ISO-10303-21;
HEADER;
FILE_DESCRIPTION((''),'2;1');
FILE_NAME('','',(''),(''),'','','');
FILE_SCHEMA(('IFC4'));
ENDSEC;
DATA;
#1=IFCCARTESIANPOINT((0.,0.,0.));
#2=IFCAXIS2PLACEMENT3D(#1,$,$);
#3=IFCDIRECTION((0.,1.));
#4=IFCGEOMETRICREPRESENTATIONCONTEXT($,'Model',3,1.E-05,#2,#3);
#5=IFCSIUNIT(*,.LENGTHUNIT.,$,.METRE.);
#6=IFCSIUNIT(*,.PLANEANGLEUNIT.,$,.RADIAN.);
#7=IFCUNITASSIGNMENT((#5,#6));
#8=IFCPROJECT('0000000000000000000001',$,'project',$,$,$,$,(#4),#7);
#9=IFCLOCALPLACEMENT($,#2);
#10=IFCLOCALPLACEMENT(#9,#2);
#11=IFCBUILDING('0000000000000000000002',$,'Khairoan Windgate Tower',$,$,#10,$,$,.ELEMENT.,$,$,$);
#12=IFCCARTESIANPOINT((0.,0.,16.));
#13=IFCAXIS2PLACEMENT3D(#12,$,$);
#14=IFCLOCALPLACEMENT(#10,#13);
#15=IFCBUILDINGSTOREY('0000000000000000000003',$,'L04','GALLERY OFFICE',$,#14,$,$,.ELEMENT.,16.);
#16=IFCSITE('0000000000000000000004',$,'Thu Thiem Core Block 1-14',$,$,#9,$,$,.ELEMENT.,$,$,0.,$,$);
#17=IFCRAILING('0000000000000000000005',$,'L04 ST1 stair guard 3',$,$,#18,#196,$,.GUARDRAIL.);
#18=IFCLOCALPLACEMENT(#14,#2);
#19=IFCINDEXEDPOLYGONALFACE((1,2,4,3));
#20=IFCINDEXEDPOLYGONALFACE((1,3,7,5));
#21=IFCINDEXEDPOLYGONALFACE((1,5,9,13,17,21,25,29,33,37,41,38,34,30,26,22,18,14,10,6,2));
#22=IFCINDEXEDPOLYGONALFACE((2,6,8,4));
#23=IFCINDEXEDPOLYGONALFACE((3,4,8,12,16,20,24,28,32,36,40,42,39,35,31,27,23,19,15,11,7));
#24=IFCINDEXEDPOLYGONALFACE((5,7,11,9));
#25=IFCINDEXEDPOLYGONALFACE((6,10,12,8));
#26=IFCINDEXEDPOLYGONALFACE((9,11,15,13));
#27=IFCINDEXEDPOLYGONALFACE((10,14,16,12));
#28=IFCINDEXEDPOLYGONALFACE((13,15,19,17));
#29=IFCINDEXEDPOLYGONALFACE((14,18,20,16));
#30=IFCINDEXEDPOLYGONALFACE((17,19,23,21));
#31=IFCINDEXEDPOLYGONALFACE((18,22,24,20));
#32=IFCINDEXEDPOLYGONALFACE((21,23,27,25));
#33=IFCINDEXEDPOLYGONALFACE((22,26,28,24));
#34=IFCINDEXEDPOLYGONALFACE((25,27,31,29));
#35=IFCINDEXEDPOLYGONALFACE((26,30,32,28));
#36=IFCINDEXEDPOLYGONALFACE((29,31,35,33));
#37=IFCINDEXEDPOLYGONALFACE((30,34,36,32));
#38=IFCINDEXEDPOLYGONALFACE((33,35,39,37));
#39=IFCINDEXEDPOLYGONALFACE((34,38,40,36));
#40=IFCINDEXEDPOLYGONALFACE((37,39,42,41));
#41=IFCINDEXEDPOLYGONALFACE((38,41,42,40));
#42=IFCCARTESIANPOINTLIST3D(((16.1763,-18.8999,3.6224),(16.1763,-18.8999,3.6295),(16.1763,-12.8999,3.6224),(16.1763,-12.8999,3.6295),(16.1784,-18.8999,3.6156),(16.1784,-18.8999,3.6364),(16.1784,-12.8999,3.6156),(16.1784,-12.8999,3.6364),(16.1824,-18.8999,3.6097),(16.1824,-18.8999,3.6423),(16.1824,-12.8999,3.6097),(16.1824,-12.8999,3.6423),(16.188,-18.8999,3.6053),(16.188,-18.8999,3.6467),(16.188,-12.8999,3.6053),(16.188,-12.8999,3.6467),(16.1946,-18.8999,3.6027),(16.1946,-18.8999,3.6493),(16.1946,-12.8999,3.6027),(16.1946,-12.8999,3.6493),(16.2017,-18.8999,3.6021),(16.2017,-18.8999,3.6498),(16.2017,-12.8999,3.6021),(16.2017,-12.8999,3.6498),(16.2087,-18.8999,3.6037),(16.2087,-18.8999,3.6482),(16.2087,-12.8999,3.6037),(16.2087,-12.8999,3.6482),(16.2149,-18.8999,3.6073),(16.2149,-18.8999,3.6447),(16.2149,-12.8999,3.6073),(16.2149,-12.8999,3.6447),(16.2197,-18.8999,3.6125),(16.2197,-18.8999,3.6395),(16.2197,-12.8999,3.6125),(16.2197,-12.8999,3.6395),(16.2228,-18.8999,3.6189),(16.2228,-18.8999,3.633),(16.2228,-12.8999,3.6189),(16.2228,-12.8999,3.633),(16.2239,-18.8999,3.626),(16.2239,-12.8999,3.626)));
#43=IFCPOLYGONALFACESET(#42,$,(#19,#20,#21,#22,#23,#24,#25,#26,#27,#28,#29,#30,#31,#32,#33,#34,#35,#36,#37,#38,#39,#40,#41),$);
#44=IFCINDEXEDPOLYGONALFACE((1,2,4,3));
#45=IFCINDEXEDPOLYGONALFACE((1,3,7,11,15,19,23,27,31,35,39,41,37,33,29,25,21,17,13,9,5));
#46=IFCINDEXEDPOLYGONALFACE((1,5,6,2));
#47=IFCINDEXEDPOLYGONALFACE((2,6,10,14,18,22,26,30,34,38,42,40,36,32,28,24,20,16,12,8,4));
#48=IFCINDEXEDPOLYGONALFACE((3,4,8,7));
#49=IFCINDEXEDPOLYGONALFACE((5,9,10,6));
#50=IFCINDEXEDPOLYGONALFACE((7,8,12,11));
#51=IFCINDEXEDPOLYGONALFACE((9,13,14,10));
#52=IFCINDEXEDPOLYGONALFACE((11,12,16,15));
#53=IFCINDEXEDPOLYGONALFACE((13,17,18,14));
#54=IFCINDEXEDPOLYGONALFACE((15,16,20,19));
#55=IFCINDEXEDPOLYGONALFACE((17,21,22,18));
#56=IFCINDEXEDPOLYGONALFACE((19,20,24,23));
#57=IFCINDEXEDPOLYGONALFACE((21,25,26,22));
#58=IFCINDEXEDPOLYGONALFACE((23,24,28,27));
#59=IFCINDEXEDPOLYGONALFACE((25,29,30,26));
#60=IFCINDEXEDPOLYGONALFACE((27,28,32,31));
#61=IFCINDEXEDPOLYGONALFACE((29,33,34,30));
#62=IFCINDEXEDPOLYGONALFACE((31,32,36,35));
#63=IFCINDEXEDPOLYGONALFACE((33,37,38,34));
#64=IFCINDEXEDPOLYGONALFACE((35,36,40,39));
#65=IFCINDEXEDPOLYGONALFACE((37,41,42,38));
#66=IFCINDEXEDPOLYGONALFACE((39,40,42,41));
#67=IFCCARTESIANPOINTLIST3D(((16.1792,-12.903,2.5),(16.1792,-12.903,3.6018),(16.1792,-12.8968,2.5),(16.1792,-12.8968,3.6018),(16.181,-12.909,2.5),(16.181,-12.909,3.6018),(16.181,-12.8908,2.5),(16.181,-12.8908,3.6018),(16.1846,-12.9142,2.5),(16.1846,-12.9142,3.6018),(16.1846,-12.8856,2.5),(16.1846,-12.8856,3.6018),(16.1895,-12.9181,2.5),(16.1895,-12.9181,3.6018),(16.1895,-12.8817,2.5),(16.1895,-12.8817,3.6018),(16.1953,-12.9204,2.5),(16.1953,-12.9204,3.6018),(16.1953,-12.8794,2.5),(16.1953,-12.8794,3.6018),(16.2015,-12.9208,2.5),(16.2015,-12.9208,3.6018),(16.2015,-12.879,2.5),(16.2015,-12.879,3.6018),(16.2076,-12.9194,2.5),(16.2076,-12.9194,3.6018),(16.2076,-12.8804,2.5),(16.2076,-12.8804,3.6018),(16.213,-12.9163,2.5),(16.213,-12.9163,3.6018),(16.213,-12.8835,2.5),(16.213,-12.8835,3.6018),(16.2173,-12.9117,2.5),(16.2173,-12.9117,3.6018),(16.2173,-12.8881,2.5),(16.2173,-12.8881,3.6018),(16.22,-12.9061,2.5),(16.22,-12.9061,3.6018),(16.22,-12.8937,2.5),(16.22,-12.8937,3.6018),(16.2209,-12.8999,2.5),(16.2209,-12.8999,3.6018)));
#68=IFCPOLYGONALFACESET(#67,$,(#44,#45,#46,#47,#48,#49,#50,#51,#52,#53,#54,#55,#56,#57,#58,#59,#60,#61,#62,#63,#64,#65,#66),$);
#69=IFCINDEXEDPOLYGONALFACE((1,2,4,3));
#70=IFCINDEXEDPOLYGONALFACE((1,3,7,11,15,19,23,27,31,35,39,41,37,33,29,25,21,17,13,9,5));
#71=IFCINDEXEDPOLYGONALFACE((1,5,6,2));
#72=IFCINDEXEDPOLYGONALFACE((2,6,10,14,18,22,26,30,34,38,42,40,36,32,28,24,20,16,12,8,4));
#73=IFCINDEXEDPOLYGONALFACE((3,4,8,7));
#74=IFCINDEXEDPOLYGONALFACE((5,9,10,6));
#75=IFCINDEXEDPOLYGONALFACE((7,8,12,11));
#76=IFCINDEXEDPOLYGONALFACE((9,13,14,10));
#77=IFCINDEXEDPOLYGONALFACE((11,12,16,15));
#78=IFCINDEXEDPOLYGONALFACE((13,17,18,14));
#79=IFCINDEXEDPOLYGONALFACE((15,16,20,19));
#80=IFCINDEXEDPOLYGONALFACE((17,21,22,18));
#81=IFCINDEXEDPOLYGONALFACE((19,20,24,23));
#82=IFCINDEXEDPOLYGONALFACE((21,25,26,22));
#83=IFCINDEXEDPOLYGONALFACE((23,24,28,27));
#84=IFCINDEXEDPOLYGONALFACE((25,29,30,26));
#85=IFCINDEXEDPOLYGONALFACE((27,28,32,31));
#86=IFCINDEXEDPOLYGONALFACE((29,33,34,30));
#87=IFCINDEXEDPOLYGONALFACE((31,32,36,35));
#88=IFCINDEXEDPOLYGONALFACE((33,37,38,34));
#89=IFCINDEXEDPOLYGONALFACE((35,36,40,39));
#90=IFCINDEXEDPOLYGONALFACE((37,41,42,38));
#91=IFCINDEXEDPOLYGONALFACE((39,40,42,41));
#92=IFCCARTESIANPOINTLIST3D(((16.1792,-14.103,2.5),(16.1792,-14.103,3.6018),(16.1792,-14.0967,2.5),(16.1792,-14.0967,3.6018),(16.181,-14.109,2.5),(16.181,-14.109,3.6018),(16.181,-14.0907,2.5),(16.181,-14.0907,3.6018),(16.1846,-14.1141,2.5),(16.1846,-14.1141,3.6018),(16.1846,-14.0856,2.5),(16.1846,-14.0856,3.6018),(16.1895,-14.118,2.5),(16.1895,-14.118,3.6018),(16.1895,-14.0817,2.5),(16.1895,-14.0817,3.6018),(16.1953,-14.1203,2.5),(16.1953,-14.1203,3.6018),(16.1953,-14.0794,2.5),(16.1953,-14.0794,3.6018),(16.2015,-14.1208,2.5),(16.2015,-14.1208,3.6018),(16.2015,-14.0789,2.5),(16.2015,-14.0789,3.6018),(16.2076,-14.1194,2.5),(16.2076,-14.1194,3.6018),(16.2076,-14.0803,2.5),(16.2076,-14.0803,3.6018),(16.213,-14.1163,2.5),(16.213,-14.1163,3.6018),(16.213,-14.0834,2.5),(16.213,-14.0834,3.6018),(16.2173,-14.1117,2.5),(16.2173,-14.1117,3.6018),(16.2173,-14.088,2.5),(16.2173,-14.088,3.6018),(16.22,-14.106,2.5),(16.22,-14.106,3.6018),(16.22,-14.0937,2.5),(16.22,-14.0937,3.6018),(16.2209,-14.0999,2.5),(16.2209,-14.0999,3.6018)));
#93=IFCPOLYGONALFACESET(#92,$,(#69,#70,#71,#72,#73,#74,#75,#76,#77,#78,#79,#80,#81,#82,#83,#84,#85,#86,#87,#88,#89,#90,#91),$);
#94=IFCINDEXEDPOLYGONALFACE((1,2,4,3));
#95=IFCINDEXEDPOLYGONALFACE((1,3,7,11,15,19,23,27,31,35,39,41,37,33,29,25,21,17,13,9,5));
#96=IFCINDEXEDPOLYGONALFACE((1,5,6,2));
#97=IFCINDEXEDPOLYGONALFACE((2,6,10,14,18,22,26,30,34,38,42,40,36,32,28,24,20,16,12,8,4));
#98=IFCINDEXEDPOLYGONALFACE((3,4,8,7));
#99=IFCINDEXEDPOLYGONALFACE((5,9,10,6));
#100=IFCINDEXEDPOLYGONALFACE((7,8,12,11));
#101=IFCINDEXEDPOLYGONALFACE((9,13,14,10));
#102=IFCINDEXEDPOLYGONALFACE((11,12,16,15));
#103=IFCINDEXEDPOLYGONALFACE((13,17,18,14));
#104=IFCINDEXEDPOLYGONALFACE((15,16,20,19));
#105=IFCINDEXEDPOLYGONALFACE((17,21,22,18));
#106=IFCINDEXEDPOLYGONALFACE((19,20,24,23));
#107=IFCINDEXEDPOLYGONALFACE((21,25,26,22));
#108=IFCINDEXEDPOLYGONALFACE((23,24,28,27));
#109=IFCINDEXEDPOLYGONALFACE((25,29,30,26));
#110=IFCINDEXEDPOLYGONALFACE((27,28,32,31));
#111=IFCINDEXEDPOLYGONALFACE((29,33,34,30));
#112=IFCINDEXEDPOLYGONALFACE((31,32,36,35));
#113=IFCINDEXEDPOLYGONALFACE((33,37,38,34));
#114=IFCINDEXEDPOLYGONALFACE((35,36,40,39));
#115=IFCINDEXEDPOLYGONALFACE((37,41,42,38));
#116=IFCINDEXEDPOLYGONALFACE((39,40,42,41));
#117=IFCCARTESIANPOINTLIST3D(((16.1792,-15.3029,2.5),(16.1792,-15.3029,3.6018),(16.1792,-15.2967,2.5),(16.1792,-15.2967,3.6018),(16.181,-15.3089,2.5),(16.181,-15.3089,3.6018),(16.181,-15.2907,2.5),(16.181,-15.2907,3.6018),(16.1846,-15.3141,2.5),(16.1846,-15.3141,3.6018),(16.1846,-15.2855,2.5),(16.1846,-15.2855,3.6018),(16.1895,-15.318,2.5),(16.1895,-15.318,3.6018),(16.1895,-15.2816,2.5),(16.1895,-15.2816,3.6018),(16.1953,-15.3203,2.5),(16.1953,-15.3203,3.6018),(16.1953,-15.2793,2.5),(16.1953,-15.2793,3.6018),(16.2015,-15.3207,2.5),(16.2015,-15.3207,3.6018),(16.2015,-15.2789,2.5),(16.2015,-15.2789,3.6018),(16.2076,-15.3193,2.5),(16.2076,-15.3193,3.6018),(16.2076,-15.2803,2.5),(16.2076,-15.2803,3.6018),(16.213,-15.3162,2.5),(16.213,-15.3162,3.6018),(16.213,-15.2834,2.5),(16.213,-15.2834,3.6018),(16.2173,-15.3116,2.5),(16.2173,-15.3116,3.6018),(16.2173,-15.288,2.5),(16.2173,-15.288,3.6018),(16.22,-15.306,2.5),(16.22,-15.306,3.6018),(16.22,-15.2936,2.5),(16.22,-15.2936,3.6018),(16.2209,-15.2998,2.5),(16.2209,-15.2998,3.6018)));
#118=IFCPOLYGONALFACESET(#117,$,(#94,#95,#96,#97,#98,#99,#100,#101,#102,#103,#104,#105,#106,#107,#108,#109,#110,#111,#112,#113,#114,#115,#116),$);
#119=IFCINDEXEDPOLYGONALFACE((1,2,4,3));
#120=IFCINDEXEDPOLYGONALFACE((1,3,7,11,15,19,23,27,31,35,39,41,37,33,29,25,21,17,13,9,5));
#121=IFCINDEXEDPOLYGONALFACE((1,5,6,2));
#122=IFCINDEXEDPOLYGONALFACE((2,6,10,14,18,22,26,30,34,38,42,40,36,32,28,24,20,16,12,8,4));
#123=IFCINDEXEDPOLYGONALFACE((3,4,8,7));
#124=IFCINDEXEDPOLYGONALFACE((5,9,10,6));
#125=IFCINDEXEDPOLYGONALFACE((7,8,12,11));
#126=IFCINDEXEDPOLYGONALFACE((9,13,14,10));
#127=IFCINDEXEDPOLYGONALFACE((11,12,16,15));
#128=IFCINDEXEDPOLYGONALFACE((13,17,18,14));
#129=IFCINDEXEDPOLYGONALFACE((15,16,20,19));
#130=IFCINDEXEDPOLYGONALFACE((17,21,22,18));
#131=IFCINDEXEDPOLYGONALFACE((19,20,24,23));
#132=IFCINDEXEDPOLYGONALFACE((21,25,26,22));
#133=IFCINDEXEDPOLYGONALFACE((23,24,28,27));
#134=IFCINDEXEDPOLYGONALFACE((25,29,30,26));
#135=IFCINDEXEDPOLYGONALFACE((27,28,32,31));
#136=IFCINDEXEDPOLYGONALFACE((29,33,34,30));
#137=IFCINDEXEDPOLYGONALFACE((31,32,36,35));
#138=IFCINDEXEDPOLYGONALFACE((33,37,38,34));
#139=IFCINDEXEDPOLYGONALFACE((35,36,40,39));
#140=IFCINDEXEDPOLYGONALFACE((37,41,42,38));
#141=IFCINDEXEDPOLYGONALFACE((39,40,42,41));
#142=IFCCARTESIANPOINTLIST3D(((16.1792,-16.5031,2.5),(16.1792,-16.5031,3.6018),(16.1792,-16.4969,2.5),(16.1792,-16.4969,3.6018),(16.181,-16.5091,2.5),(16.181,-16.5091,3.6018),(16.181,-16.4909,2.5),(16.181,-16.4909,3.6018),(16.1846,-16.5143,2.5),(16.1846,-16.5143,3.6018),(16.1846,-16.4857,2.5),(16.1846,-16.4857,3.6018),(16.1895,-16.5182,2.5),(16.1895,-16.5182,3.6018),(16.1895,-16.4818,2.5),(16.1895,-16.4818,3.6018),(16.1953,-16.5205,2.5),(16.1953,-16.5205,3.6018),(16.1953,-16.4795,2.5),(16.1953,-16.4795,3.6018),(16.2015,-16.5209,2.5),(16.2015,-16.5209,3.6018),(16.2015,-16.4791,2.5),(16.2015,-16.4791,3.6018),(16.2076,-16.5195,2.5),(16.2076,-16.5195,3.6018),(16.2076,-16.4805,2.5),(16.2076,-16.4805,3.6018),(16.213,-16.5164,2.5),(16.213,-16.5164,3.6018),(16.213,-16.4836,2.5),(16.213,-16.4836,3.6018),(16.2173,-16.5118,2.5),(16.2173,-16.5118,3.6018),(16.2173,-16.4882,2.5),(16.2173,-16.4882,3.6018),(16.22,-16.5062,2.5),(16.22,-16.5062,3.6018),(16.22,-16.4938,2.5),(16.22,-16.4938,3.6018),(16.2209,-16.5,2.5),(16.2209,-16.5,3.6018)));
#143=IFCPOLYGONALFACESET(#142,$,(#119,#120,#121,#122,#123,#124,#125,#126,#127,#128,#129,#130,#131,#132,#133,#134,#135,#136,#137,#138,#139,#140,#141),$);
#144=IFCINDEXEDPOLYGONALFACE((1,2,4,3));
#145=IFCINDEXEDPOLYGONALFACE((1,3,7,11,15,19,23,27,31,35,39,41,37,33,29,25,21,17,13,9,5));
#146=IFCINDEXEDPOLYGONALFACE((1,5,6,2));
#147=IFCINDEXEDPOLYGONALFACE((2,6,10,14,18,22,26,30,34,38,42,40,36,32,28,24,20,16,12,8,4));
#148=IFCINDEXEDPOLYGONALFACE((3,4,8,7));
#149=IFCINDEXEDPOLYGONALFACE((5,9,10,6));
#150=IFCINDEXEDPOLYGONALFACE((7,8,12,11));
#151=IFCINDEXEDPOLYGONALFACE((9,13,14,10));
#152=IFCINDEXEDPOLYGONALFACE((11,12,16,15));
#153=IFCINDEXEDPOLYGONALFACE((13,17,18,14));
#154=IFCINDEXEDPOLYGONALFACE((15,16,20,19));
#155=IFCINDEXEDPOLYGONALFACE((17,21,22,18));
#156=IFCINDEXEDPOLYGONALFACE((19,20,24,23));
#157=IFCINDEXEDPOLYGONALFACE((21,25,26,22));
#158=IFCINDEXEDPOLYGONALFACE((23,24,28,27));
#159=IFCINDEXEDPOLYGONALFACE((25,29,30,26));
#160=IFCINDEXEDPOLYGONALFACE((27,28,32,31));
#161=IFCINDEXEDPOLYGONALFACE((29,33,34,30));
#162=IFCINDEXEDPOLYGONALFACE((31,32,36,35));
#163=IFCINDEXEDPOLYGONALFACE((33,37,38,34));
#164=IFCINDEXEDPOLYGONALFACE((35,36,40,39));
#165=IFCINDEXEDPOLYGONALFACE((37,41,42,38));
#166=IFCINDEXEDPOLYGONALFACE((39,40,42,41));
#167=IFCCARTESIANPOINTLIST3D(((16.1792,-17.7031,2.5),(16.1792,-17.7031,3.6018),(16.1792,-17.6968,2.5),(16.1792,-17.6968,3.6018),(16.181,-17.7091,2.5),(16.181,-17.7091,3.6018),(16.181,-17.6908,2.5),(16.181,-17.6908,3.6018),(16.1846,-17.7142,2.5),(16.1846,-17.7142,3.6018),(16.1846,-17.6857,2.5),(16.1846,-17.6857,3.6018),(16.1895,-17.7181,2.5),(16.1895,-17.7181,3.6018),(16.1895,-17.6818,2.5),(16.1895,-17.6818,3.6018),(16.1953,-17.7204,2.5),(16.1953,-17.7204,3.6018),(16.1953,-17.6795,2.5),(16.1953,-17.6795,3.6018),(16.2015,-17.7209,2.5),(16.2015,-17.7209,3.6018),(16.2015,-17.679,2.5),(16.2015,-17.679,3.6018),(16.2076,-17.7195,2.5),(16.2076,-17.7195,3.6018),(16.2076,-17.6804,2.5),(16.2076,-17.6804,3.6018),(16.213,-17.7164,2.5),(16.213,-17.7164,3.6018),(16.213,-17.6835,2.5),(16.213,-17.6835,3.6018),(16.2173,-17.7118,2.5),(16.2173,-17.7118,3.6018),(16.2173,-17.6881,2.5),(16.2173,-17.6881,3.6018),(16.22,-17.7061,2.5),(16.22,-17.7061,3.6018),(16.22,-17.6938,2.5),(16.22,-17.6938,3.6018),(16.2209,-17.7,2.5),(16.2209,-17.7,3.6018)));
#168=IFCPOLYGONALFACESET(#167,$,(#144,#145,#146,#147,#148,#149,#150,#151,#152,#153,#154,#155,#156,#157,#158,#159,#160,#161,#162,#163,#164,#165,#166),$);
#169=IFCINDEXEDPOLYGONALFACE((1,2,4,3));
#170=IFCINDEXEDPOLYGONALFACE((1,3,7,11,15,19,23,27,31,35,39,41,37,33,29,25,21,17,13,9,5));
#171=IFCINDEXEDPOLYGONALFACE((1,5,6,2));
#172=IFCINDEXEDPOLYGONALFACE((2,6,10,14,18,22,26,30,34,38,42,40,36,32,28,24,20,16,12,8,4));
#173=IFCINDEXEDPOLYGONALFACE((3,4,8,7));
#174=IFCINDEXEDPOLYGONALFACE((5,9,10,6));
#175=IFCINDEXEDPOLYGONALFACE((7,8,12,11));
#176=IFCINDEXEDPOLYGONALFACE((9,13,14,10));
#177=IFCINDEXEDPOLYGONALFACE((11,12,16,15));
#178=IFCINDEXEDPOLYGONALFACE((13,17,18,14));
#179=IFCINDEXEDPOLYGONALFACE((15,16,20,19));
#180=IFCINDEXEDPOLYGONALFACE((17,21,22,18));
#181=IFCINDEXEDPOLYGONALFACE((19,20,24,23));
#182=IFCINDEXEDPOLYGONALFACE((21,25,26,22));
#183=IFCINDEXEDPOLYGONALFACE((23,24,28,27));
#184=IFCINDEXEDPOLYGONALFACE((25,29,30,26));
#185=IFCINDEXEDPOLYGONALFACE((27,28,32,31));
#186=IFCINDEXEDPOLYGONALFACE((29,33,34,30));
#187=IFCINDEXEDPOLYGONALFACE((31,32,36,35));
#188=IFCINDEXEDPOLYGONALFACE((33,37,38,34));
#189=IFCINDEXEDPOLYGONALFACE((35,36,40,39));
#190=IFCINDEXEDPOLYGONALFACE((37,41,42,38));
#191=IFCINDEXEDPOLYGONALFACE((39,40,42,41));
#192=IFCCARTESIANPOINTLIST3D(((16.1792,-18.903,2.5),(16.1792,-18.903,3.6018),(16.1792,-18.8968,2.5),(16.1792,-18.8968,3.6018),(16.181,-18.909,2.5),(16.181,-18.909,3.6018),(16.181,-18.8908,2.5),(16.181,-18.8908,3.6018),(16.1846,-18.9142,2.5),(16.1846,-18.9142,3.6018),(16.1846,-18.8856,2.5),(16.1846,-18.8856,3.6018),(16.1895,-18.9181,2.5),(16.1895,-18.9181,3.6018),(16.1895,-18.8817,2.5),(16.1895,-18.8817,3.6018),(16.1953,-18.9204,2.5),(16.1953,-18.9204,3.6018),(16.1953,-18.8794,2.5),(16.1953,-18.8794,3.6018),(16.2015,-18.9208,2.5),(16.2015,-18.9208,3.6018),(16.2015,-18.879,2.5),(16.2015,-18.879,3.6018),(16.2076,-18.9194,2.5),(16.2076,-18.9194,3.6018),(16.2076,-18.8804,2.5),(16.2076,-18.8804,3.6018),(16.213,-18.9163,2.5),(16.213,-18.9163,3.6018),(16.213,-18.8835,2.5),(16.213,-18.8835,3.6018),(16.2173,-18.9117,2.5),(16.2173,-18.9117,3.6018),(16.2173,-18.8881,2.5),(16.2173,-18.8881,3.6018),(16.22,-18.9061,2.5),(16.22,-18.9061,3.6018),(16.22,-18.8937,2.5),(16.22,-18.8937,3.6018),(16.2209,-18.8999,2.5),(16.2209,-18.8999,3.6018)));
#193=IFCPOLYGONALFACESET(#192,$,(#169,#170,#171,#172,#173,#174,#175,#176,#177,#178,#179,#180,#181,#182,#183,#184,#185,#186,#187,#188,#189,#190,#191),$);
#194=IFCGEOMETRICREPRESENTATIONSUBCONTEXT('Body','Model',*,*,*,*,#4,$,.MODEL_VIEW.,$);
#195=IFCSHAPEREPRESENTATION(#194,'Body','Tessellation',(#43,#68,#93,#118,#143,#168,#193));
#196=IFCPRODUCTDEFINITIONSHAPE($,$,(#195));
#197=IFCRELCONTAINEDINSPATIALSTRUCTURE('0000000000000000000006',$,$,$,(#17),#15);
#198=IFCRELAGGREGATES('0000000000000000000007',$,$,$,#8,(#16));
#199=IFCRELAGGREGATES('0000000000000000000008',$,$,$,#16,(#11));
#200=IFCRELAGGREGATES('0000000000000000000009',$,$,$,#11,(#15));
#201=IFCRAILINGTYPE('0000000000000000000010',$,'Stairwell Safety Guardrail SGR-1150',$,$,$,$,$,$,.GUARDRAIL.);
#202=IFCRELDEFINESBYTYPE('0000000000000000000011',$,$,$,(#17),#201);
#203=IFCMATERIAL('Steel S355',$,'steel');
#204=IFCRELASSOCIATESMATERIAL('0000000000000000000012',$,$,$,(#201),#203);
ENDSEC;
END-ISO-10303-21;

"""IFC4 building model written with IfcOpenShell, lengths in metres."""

from ifc_helpers import new_model, si_unit, direction, frame, origin, origin_2d, place, context, subcontext, project, spatial, circle, extrude, material, type_object, element, save


model = new_model("IFC4")

# Units and contexts
model_context = context("Model", 3, precision=1e-05, world=origin(), true_north=direction((0.0, 1.0)))
body_context = subcontext(model_context, "Body", "Model", "MODEL_VIEW")
ifc_project = project(units=[si_unit("LENGTHUNIT", "METRE"), si_unit("PLANEANGLEUNIT", "RADIAN")], contexts=[model_context])

# Site, building, storey
site_placement = place(None, origin())
site = spatial("IfcSite", under=ifc_project, at=site_placement, Name="Thu Thiem Core Block 1-14", CompositionType="ELEMENT", RefElevation=0.0)
building_placement = place(site_placement, origin())
building = spatial("IfcBuilding", under=site, at=building_placement, Name="Khairoan Windgate Tower", CompositionType="ELEMENT")
storey_placement = place(building_placement, frame((0.0, 0.0, 16.0)))
storey = spatial("IfcBuildingStorey", under=building, at=storey_placement, Name="L04", Description="GALLERY OFFICE", CompositionType="ELEMENT", Elevation=16.0)

# Railing
ifc_material_1 = material(Name="Steel S355", Category="steel")
railing_type = type_object("IfcRailingType", Name="Stairwell Safety Guardrail SGR-1150", PredefinedType="GUARDRAIL", material=ifc_material_1)
railing_1_placement = place(storey_placement, frame((16.2, -12.8999, 2.5)))
element("IfcRailing", 1, at=railing_1_placement, inside=storey, type_object=railing_type, Name="L04 ST1 stair guard 3", PredefinedType="GUARDRAIL", context=body_context, shape_type="SweptSolid", body=[
    extrude(circle(Radius=0.0239, at=origin_2d()), frame((0.0, 0.0, 1.126), z_axis=(0.0, -1.0, 0.0), x_axis=(1.0, 0.0, 0.0)), (0.0, 0.0, 1.0), 6.0),
    extrude(circle(Radius=0.021, at=origin_2d()), origin(), (0.0, 0.0, 1.0), 1.1018),
    extrude(circle(Radius=0.021, at=origin_2d()), frame((0.0, -1.2, 0.0)), (0.0, 0.0, 1.0), 1.1018),
    extrude(circle(Radius=0.021, at=origin_2d()), frame((0.0, -2.3999, 0.0)), (0.0, 0.0, 1.0), 1.1018),
    extrude(circle(Radius=0.021, at=origin_2d()), frame((0.0, -3.6001, 0.0)), (0.0, 0.0, 1.0), 1.1018),
    extrude(circle(Radius=0.021, at=origin_2d()), frame((0.0, -4.8, 0.0)), (0.0, 0.0, 1.0), 1.1018),
    extrude(circle(Radius=0.021, at=origin_2d()), frame((0.0, -6.0, 0.0)), (0.0, 0.0, 1.0), 1.1018),
])

save(model, "model.ifc")
